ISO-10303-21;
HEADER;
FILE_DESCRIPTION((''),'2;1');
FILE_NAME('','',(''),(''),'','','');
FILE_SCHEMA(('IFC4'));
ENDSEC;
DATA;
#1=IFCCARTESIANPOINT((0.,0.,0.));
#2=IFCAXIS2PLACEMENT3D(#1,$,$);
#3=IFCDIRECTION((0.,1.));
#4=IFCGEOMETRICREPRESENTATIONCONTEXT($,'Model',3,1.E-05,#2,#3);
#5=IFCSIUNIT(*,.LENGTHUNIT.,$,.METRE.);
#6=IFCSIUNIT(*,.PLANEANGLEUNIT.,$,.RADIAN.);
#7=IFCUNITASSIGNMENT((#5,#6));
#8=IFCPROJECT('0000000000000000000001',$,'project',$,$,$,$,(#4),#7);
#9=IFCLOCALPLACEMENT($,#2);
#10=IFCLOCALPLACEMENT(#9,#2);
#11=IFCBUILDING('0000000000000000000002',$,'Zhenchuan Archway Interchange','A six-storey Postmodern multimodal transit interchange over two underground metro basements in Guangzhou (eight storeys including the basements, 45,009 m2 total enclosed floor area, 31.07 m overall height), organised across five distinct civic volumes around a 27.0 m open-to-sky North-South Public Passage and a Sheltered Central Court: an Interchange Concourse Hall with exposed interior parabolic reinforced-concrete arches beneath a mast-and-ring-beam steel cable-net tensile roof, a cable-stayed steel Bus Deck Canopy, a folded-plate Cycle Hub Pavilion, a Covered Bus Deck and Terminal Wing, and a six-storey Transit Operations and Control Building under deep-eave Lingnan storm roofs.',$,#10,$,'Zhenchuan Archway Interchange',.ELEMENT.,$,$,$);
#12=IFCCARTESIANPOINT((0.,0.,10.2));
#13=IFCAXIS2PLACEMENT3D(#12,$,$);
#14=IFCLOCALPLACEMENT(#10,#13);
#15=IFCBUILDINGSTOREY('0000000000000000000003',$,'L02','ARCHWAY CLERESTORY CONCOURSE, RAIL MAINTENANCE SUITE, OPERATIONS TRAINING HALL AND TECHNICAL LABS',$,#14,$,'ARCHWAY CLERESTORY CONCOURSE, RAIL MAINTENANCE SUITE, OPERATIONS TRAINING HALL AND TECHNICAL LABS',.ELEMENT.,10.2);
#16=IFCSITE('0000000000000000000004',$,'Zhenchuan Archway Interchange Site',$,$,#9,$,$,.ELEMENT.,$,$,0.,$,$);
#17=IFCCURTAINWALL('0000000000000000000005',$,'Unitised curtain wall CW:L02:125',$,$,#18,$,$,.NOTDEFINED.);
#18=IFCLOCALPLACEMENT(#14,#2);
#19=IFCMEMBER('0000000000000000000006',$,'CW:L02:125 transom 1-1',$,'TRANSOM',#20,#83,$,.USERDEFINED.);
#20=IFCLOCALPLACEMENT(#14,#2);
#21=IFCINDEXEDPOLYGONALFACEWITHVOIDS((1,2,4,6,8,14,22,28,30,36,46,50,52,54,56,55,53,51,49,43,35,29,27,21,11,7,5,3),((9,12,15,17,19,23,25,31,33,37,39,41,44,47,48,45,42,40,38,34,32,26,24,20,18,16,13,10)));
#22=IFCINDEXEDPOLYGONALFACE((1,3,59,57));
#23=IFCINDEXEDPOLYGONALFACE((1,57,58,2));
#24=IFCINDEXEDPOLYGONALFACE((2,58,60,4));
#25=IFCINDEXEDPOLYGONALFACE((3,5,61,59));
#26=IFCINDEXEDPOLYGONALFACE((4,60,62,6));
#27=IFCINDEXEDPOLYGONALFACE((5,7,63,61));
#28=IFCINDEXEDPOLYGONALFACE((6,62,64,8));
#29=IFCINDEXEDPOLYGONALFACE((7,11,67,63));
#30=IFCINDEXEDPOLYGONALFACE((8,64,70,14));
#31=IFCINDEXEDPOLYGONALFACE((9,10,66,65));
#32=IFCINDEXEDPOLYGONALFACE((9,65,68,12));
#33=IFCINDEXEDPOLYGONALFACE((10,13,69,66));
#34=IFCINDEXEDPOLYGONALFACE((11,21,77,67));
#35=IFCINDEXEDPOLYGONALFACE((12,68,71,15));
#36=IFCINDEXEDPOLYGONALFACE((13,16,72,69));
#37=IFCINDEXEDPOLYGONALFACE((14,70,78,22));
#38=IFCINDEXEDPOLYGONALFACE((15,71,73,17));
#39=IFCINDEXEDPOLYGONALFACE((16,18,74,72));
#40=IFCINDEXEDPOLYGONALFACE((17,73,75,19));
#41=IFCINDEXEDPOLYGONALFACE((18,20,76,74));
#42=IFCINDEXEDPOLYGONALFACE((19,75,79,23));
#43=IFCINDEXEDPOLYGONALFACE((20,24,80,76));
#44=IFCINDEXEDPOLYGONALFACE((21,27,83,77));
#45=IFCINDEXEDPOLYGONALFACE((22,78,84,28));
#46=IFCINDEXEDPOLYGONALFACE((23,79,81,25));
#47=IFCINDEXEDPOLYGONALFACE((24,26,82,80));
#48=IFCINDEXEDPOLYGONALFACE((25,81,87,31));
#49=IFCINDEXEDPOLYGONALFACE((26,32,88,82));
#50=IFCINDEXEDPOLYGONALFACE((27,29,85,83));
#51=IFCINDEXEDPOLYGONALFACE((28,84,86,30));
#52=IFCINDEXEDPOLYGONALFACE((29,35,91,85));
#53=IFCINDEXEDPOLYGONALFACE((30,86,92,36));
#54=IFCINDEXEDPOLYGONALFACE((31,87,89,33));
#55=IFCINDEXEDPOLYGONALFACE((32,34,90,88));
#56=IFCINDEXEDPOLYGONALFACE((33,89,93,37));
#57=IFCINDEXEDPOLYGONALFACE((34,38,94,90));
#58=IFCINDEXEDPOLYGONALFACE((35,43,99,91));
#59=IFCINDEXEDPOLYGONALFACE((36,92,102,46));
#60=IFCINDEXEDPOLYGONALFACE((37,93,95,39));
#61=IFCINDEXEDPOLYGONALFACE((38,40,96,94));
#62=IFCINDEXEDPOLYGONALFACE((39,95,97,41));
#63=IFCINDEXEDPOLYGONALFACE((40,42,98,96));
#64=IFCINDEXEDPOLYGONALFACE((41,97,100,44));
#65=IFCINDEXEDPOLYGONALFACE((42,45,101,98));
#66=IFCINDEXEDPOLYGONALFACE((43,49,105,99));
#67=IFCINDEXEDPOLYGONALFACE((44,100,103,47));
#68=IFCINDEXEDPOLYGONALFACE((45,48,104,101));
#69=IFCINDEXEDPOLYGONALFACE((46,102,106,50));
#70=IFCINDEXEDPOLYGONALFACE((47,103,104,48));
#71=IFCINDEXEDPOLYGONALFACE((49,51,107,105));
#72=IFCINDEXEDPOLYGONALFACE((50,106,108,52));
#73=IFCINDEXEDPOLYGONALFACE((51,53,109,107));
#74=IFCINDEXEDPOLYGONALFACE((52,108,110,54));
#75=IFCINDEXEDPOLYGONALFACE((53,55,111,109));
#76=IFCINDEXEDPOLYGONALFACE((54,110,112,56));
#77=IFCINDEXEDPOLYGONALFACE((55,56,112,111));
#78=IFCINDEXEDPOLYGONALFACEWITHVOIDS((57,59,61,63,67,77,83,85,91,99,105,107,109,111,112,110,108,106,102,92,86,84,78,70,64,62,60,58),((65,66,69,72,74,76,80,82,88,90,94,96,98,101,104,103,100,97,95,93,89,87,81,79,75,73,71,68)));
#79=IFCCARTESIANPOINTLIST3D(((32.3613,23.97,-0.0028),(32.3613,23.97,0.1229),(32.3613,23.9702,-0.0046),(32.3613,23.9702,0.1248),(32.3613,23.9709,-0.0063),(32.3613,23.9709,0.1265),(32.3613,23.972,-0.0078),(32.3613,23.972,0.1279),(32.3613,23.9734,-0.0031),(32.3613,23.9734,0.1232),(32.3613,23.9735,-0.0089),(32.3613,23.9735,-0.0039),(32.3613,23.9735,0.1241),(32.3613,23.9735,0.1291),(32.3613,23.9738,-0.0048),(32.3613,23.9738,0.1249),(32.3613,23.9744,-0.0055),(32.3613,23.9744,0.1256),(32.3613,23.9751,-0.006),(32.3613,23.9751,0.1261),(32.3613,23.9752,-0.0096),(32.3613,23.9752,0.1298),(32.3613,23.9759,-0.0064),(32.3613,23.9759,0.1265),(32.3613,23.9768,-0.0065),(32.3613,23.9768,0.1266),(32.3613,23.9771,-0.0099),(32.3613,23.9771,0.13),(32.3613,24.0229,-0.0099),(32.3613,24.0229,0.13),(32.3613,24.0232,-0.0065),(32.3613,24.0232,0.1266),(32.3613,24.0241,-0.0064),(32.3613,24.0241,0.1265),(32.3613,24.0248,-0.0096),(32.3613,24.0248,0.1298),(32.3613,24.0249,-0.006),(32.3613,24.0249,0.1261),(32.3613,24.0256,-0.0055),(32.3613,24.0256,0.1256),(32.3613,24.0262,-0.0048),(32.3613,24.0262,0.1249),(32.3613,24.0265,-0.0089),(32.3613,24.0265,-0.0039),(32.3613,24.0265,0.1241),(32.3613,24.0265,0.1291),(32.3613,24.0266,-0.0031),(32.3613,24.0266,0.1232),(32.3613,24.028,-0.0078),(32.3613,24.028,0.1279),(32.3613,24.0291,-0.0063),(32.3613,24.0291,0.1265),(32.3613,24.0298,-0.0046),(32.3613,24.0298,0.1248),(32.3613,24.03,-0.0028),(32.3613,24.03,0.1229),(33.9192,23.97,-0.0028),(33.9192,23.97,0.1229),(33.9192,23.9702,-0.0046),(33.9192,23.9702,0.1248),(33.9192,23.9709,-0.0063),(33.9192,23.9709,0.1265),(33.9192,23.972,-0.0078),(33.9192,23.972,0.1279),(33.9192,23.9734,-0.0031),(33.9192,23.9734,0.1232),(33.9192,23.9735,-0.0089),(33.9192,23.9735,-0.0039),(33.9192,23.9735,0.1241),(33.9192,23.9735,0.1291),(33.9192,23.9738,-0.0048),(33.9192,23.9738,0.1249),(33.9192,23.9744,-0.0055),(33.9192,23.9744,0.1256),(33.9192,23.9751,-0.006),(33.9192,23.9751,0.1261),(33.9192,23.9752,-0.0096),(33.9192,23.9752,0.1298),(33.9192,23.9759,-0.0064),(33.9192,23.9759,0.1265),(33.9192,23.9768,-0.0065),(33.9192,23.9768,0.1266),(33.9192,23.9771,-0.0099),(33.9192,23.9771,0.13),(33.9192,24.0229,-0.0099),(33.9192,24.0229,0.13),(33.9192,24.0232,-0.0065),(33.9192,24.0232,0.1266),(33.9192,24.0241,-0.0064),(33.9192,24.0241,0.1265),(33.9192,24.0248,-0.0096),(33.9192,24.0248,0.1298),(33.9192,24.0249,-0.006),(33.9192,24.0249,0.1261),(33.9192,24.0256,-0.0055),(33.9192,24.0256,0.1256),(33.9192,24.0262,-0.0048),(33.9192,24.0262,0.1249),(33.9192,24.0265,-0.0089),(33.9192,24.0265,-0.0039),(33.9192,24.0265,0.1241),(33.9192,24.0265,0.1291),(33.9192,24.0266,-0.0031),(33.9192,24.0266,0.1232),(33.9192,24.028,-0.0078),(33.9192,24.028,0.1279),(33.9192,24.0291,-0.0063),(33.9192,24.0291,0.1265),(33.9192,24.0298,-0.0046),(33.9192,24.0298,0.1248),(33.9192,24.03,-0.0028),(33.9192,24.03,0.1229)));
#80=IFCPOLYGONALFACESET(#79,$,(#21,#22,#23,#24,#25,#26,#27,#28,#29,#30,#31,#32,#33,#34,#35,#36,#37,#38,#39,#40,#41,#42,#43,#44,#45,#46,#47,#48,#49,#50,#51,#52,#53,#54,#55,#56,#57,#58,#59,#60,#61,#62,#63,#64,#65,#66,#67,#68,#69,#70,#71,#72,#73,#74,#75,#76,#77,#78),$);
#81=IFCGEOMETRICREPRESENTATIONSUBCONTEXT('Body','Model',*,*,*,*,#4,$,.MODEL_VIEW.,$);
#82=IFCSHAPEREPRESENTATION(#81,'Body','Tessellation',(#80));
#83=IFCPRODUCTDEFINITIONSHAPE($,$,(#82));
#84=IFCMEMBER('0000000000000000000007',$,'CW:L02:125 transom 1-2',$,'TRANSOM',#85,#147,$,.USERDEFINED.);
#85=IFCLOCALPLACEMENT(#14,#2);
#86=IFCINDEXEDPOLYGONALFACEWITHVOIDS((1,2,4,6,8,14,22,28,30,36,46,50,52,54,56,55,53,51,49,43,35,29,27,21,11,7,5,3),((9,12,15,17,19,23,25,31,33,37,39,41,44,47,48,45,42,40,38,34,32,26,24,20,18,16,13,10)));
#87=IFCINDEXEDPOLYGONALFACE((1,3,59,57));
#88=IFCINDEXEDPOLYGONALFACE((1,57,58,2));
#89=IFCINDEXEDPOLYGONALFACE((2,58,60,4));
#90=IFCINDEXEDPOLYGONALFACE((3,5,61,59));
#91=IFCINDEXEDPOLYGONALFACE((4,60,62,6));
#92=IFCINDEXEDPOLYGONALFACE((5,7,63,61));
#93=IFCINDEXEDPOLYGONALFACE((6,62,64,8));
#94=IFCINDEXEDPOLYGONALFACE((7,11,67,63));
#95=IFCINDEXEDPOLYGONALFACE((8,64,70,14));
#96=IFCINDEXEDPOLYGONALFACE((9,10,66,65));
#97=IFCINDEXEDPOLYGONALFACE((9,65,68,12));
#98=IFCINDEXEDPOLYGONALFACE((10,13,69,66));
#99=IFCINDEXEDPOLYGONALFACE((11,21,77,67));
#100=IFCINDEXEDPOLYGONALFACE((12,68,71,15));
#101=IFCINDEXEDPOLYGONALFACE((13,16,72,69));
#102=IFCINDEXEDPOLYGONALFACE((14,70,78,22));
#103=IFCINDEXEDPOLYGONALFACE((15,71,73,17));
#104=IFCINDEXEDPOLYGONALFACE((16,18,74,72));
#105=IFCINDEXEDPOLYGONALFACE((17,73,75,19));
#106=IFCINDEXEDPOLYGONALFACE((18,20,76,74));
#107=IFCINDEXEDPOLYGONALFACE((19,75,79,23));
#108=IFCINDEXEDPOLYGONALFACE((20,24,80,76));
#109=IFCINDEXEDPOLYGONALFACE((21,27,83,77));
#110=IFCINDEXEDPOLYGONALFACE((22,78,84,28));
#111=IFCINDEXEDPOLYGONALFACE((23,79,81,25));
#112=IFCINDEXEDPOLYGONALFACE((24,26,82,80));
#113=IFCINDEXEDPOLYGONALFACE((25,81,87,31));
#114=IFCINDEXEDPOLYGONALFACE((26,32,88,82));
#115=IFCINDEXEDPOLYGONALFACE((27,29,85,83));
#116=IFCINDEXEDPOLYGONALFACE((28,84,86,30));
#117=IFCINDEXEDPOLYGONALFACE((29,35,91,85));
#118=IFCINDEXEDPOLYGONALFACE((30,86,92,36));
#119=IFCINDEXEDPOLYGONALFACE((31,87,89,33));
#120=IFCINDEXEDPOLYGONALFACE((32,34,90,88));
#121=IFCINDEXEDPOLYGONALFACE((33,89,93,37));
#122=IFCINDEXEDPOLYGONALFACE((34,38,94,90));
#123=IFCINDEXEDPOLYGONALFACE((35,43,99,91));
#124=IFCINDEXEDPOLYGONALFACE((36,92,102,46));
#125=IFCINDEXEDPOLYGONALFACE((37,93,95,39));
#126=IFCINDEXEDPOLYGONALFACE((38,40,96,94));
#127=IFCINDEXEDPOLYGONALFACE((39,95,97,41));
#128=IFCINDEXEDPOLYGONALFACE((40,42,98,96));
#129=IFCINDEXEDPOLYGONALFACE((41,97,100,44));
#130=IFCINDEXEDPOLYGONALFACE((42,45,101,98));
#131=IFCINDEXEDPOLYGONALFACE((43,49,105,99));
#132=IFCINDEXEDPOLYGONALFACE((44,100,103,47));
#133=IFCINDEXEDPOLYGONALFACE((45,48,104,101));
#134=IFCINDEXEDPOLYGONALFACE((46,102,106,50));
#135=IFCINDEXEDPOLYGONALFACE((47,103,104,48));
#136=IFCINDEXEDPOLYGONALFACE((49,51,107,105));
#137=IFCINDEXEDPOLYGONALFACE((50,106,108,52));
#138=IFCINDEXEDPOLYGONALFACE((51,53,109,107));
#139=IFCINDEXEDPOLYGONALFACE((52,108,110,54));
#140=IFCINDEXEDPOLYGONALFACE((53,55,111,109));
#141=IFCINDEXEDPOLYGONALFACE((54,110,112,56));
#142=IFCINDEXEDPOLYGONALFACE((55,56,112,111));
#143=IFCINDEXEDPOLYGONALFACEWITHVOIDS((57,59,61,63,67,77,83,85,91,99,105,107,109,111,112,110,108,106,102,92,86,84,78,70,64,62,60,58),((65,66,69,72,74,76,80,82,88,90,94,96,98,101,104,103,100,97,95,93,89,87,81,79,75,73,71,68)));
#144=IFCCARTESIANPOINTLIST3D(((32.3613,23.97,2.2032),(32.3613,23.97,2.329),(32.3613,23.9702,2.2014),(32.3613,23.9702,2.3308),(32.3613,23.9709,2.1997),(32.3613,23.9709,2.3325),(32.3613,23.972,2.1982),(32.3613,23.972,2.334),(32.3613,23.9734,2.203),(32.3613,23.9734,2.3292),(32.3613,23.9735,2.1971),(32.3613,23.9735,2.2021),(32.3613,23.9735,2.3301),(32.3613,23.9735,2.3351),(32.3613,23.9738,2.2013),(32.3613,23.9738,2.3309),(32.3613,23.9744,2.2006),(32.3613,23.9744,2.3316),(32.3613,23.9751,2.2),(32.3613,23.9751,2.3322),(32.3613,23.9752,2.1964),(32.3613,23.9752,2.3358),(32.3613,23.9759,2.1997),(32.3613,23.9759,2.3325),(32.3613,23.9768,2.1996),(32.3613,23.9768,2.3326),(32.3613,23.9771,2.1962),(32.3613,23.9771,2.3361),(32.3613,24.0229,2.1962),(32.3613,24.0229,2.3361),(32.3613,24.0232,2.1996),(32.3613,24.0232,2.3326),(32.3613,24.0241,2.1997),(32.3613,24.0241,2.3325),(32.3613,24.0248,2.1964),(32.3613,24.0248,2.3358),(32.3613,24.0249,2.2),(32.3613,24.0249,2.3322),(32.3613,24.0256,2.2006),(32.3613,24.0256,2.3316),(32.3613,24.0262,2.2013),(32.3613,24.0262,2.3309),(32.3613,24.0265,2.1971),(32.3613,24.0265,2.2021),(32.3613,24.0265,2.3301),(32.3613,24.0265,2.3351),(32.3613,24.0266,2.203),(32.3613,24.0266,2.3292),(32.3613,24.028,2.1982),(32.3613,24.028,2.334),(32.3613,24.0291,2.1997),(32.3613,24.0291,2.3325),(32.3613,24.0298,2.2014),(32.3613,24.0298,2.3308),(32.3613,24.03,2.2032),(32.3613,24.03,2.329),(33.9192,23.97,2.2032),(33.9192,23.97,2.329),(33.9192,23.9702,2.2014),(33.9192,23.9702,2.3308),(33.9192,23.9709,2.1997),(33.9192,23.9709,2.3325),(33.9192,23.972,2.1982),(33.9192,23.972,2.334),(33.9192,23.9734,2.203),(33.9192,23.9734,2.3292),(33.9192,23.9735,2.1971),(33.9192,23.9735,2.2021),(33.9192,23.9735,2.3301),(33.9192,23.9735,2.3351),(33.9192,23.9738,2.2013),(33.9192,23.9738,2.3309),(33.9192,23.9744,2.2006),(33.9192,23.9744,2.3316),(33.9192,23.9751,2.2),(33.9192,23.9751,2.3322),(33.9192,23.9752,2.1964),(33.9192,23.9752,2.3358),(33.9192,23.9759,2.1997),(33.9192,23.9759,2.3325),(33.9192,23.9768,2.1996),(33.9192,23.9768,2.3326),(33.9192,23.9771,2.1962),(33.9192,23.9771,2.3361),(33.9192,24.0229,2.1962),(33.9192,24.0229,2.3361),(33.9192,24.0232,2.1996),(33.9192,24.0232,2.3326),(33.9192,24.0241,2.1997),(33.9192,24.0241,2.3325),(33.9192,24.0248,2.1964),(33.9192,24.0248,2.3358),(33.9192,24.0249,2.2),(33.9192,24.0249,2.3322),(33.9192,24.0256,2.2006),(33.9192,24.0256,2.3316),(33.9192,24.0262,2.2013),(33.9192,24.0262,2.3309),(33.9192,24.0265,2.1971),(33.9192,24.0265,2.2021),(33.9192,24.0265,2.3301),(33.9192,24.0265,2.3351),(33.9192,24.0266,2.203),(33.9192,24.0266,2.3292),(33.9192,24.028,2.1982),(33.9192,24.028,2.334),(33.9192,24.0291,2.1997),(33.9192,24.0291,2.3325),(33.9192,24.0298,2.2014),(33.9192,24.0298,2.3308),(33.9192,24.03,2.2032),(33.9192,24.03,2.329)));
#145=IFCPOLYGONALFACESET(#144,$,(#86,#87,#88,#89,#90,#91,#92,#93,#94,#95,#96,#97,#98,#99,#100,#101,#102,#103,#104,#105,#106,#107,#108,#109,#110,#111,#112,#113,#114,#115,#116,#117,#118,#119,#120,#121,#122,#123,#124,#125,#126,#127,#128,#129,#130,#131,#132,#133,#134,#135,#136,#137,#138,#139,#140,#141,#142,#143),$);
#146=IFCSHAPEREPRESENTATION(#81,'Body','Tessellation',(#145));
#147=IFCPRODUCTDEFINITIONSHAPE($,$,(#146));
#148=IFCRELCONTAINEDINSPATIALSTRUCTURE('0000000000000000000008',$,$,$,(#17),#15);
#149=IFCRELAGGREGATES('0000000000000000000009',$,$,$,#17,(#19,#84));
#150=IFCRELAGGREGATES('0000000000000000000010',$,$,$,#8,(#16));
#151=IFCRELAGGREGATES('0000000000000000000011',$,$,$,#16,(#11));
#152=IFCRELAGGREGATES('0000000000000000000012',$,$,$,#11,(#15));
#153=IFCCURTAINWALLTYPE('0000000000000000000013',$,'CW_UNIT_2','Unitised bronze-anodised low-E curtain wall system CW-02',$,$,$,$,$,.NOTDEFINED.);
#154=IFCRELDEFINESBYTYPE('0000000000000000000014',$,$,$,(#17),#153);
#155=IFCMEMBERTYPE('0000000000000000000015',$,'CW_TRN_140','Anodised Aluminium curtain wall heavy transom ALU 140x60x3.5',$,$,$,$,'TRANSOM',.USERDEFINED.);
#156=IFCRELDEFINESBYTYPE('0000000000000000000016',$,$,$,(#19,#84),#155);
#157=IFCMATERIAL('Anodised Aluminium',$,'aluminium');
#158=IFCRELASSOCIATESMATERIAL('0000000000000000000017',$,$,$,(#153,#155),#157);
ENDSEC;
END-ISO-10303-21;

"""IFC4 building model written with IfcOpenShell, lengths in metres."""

from ifc_helpers import new_model, si_unit, direction, frame, origin, origin_2d, place, context, subcontext, project, spatial, hollow_rectangle, extrude, material, material_profile, profile_set, type_object, element, aggregate, save


model = new_model("IFC4")

# Units and contexts
model_context = context("Model", 3, precision=1e-05, world=origin(), true_north=direction((0.0, 1.0)))
body_context = subcontext(model_context, "Body", "Model", "MODEL_VIEW")
ifc_project = project(units=[si_unit("LENGTHUNIT", "METRE"), si_unit("PLANEANGLEUNIT", "RADIAN")], contexts=[model_context])

# Site, building, storey
site_placement = place(None, origin())
site = spatial("IfcSite", under=ifc_project, at=site_placement, Name="Zhenchuan Archway Interchange Site", CompositionType="ELEMENT", RefElevation=0.0)
building_placement = place(site_placement, origin())
building = spatial("IfcBuilding", under=site, at=building_placement, Name="Zhenchuan Archway Interchange", Description="A six-storey Postmodern multimodal transit interchange over two underground metro basements in Guangzhou (eight storeys including the basements, 45,009 m2 total enclosed floor area, 31.07 m overall height), organised across five distinct civic volumes around a 27.0 m open-to-sky North-South Public Passage and a Sheltered Central Court: an Interchange Concourse Hall with exposed interior parabolic reinforced-concrete arches beneath a mast-and-ring-beam steel cable-net tensile roof, a cable-stayed steel Bus Deck Canopy, a folded-plate Cycle Hub Pavilion, a Covered Bus Deck and Terminal Wing, and a six-storey Transit Operations and Control Building under deep-eave Lingnan storm roofs.", LongName="Zhenchuan Archway Interchange", CompositionType="ELEMENT")
storey_placement = place(building_placement, frame((0.0, 0.0, 10.2)))
storey = spatial("IfcBuildingStorey", under=building, at=storey_placement, Name="L02", Description="ARCHWAY CLERESTORY CONCOURSE, RAIL MAINTENANCE SUITE, OPERATIONS TRAINING HALL AND TECHNICAL LABS", LongName="ARCHWAY CLERESTORY CONCOURSE, RAIL MAINTENANCE SUITE, OPERATIONS TRAINING HALL AND TECHNICAL LABS", CompositionType="ELEMENT", Elevation=10.2)

# Curtain wall
ifc_material_1 = material(Name="Anodised Aluminium", Category="aluminium")
curtain_wall_type_1 = type_object("IfcCurtainWallType", Name="CW_UNIT_2", Description="Unitised bronze-anodised low-E curtain wall system CW-02", PredefinedType="NOTDEFINED", material=ifc_material_1)
curtain_wall_1_placement = place(storey_placement, origin())
curtain_wall_1 = element("IfcCurtainWall", 1, at=curtain_wall_1_placement, inside=storey, type_object=curtain_wall_type_1, Name="Unitised curtain wall CW:L02:125", PredefinedType="NOTDEFINED")

# Members
ifc_material_profile_1 = material_profile(ifc_material_1, hollow_rectangle(XDim=0.0601, YDim=0.1399, WallThickness=0.0034, InnerFilletRadius=0.0034, OuterFilletRadius=0.0071, at=origin_2d()), Name="ALU 140x60x3.5")
ifc_profile_set_1 = profile_set([ifc_material_profile_1], Name="Anodised Aluminium")
member_type_1 = type_object("IfcMemberType", Name="CW_TRN_140", Description="Anodised Aluminium curtain wall heavy transom ALU 140x60x3.5", ElementType="TRANSOM", PredefinedType="USERDEFINED", material=ifc_profile_set_1)
member_1_placement = place(storey_placement, frame((33.9192, 24.0, 0.0601), z_axis=(-1.0, 0.0, 0.0), x_axis=(0.0, -1.0, 0.0)))
member_1 = element("IfcMember", 2, at=member_1_placement, type_object=member_type_1, Name="CW:L02:125 transom 1-1", ObjectType="TRANSOM", PredefinedType="USERDEFINED", context=body_context, shape_type="SweptSolid", body=[
    extrude(hollow_rectangle(XDim=0.0601, YDim=0.1399, WallThickness=0.0034, InnerFilletRadius=0.0034, OuterFilletRadius=0.0071, at=origin_2d()), origin(), (0.0, 0.0, 1.0), 1.5579),
])
member_2_placement = place(storey_placement, frame((33.9192, 24.0, 2.2661), z_axis=(-1.0, 0.0, 0.0), x_axis=(0.0, -1.0, 0.0)))
member_2 = element("IfcMember", 3, at=member_2_placement, type_object=member_type_1, Name="CW:L02:125 transom 1-2", ObjectType="TRANSOM", PredefinedType="USERDEFINED", context=body_context, shape_type="SweptSolid", body=[
    extrude(hollow_rectangle(XDim=0.0601, YDim=0.1399, WallThickness=0.0034, InnerFilletRadius=0.0034, OuterFilletRadius=0.0071, at=origin_2d()), origin(), (0.0, 0.0, 1.0), 1.5579),
])

aggregate(curtain_wall_1, [member_1, member_2])

save(model, "model.ifc")
